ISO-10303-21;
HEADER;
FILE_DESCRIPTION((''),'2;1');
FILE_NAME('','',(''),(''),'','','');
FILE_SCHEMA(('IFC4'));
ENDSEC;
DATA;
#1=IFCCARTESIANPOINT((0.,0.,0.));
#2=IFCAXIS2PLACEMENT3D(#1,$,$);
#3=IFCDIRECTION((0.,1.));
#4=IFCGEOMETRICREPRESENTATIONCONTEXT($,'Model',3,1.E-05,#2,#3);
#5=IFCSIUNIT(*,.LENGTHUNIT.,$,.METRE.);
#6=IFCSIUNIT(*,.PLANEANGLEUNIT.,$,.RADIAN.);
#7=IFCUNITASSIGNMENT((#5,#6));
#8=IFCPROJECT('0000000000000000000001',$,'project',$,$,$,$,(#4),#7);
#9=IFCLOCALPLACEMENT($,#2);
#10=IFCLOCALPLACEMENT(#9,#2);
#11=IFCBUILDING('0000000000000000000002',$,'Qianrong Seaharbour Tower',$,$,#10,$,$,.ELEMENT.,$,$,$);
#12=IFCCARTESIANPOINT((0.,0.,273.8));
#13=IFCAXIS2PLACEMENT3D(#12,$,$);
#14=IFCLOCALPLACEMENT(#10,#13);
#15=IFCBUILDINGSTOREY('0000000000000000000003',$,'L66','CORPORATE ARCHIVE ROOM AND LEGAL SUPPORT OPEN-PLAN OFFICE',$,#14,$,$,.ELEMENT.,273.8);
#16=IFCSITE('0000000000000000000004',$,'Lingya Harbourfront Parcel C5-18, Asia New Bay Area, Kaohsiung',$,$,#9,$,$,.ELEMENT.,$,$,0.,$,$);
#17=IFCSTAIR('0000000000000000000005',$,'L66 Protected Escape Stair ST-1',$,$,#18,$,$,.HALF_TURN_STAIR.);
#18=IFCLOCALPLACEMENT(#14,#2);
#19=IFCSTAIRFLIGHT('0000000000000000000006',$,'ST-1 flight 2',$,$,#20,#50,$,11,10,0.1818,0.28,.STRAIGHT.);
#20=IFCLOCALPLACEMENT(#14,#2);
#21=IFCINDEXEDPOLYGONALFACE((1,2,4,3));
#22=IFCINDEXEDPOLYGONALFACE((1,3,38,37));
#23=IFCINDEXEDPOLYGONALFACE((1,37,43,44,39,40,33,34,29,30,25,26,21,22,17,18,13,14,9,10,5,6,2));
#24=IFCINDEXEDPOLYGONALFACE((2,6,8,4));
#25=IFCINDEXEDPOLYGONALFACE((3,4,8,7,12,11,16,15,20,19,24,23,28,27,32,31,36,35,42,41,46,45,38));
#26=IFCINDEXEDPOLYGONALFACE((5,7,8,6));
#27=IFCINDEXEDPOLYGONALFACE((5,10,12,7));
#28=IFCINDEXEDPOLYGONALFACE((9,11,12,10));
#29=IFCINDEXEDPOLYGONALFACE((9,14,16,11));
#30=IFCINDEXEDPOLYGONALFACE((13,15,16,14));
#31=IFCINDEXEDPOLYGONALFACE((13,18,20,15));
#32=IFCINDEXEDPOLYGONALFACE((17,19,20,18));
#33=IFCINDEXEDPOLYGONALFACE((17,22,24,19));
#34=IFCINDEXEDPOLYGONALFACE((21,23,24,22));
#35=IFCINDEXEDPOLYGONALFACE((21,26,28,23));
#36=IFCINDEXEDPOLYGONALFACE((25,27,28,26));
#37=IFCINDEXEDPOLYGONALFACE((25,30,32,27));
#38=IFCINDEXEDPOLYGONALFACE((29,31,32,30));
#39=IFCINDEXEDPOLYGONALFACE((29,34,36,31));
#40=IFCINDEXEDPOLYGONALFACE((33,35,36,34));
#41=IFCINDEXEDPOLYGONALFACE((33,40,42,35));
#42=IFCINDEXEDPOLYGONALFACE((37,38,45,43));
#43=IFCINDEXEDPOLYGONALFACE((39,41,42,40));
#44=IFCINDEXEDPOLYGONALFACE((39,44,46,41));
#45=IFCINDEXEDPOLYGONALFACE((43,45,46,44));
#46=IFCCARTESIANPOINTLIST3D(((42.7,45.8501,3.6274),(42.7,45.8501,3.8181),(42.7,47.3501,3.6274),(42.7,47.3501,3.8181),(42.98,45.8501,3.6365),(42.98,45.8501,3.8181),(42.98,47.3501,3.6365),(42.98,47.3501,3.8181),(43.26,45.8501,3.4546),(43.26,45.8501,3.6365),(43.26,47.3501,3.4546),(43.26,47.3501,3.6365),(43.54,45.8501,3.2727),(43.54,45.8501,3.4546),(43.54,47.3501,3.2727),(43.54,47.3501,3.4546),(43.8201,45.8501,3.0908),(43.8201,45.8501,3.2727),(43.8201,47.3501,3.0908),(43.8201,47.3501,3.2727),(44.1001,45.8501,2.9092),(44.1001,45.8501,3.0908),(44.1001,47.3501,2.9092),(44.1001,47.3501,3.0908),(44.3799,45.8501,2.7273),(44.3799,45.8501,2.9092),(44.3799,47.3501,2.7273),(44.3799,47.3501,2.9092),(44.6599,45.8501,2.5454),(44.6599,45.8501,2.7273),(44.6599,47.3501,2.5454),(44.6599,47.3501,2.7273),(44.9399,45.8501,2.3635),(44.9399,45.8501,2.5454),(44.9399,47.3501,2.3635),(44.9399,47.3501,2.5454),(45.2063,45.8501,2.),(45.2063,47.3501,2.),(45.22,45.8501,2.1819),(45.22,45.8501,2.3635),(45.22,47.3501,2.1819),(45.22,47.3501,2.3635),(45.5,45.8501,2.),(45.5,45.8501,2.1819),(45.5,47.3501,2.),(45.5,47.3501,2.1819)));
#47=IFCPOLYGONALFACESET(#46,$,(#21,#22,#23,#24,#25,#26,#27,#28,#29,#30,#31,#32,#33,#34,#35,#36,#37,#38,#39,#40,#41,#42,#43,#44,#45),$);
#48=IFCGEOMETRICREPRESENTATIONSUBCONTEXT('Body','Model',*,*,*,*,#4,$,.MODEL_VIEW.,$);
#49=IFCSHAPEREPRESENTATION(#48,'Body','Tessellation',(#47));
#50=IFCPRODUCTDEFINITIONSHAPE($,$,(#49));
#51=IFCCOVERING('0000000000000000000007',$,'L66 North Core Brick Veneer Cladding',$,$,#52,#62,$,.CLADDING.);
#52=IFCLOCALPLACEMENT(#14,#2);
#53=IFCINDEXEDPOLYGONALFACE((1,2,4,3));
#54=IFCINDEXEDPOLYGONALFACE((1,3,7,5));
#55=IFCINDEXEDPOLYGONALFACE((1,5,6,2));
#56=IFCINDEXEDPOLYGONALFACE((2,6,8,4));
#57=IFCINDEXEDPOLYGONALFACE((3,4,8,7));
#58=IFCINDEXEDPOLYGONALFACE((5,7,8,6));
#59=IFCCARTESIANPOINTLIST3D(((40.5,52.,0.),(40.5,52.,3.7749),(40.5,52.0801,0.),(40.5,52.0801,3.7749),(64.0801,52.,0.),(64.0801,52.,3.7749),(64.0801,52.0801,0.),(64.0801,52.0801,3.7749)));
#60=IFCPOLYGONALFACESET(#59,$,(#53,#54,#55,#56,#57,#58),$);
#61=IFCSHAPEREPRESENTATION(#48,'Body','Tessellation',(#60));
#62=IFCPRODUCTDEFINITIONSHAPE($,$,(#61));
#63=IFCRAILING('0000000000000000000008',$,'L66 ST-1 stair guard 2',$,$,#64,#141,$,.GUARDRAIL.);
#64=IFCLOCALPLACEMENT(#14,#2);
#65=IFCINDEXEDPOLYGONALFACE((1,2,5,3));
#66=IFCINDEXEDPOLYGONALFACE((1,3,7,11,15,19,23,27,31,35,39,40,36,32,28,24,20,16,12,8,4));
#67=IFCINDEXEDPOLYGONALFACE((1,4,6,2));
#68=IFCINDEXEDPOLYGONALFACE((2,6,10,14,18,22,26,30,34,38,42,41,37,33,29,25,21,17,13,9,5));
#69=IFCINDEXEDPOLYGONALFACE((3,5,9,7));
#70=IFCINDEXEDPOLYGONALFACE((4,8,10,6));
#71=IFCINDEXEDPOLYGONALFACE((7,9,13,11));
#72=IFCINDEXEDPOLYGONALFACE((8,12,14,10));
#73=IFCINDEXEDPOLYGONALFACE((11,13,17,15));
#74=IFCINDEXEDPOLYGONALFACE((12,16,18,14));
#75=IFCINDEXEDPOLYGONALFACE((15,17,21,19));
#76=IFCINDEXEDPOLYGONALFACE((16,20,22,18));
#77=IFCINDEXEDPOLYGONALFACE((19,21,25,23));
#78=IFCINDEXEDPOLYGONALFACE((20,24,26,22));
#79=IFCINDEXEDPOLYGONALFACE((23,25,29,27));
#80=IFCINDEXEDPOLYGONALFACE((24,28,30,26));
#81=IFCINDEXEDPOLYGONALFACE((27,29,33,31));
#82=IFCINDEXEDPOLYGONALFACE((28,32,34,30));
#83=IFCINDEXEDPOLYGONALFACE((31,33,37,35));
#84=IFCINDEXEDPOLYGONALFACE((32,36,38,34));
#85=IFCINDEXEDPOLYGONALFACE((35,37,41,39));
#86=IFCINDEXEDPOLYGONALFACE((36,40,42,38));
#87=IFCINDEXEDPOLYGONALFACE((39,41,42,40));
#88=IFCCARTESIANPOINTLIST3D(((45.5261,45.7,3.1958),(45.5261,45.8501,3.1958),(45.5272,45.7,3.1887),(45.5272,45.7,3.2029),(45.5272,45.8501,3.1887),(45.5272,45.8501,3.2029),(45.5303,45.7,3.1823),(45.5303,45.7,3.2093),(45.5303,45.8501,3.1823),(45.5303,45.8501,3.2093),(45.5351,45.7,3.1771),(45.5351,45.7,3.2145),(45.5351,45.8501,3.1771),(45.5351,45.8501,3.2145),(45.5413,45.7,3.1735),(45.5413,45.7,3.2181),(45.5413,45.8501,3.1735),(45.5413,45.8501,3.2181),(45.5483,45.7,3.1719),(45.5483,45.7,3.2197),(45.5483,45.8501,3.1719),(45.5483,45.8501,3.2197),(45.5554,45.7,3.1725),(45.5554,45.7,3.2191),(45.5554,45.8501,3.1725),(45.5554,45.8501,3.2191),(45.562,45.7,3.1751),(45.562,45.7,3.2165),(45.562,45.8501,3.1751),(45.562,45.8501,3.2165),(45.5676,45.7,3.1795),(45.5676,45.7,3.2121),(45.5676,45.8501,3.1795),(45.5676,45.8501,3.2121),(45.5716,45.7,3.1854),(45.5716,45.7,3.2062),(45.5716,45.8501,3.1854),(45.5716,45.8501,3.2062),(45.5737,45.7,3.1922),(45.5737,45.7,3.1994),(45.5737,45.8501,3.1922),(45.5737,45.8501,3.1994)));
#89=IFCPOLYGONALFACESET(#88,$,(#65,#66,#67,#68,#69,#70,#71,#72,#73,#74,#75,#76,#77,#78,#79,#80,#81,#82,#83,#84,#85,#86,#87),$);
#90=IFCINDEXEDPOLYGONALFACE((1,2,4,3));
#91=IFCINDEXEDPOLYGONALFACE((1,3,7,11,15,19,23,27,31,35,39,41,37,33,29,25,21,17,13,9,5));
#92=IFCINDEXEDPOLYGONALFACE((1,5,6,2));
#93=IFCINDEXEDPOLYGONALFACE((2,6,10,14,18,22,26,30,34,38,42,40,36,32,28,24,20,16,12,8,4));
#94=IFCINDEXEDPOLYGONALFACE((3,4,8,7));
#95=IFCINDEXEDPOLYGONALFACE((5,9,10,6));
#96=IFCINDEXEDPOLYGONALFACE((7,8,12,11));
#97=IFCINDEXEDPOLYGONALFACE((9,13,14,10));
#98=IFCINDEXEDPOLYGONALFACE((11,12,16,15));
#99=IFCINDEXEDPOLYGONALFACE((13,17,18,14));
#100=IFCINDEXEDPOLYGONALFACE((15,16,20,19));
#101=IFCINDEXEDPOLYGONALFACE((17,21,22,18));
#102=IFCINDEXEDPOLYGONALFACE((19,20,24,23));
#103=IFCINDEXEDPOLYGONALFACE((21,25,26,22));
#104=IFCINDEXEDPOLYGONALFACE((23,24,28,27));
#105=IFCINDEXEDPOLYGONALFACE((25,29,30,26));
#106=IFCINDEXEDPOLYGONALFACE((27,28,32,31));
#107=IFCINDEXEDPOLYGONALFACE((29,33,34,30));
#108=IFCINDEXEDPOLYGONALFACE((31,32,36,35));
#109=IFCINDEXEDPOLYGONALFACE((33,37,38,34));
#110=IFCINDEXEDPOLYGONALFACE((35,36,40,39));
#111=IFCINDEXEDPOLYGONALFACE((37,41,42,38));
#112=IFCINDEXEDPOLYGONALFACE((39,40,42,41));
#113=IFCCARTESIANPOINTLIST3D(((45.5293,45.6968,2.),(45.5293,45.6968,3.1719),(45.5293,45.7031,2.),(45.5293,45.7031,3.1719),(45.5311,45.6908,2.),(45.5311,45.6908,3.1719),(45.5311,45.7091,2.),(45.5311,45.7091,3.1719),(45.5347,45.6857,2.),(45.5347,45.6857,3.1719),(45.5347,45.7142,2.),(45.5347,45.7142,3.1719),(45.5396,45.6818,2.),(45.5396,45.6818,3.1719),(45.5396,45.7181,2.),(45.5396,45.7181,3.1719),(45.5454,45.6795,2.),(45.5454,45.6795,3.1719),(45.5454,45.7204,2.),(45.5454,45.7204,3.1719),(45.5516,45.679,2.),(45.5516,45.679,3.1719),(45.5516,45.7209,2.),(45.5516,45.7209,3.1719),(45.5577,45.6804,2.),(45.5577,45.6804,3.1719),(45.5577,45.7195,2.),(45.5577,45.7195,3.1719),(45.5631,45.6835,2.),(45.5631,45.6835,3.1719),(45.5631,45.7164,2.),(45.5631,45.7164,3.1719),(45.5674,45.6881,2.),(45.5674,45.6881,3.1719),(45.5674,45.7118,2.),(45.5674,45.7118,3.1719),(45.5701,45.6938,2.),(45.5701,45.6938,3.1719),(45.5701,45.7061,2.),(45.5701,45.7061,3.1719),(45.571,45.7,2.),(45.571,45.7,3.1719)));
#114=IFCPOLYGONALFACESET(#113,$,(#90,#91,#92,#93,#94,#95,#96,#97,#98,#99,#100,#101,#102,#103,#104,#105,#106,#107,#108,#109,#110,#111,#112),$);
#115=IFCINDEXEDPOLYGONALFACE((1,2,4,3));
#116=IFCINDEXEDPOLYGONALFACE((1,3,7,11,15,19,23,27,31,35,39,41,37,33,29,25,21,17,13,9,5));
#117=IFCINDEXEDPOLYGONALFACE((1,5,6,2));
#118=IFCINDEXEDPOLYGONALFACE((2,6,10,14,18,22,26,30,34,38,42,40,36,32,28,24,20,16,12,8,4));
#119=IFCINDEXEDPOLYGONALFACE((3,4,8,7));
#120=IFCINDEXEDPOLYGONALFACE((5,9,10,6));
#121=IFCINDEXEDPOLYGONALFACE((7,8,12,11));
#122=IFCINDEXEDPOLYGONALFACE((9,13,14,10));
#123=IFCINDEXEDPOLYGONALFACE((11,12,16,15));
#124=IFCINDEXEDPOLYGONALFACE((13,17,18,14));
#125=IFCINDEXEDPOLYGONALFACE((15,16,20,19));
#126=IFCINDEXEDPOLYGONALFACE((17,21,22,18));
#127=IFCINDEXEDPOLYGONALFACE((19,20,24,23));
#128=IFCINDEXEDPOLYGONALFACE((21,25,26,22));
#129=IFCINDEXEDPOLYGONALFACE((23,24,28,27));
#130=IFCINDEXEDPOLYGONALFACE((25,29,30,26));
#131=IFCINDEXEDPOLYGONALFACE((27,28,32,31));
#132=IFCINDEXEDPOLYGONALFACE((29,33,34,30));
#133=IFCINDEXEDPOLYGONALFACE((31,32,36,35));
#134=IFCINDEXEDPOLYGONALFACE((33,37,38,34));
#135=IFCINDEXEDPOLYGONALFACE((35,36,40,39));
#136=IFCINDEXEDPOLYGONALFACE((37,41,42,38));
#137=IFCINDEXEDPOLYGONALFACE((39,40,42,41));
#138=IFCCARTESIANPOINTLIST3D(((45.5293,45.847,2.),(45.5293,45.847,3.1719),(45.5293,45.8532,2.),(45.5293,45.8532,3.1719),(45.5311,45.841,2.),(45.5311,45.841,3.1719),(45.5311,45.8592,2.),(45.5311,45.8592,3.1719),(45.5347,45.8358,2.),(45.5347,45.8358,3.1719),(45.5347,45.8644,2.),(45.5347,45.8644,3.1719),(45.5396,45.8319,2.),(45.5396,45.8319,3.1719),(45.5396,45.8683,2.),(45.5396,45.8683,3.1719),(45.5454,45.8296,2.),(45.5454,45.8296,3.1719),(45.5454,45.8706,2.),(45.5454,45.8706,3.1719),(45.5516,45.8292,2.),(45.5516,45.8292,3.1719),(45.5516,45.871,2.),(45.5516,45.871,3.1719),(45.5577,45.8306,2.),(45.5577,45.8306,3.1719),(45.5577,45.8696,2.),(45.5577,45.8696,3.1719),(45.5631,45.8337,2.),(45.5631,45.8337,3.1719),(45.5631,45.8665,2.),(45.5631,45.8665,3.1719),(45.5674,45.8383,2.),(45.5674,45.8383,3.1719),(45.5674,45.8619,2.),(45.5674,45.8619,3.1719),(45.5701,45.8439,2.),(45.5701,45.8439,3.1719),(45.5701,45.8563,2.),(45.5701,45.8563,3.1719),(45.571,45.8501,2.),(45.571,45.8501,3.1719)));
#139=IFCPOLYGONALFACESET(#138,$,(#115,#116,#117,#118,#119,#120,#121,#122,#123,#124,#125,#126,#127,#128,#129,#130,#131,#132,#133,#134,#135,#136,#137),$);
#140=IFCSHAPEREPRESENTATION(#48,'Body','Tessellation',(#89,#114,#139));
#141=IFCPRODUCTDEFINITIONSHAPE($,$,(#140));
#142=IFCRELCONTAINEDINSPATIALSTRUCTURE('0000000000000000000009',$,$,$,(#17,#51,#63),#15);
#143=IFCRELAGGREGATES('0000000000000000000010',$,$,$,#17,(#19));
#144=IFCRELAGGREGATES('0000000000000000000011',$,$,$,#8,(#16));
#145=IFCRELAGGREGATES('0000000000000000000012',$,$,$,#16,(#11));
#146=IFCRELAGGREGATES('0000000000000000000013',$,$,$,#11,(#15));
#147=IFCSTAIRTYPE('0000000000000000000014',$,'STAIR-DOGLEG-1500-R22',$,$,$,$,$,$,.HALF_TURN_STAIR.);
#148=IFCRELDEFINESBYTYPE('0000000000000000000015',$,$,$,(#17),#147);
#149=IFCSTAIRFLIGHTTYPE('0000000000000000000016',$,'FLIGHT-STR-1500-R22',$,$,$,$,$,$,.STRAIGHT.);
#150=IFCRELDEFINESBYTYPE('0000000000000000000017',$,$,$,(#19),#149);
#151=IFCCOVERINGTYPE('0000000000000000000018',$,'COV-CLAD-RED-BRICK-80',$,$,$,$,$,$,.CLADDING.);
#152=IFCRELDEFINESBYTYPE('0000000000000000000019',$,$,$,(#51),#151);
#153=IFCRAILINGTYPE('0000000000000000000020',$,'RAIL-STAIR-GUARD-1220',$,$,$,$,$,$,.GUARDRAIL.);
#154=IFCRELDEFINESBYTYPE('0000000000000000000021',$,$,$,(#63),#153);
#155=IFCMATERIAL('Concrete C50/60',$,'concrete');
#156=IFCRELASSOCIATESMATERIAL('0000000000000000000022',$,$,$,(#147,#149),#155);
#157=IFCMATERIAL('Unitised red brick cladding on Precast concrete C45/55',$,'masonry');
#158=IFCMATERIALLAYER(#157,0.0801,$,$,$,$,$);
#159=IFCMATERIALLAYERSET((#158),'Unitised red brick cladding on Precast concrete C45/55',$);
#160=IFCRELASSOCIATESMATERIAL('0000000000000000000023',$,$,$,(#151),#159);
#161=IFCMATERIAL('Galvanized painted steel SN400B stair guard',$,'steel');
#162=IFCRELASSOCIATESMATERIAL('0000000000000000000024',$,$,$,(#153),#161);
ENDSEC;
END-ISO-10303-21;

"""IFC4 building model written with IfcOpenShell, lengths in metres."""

from ifc_helpers import new_model, si_unit, direction, frame, origin, origin_2d, place, context, subcontext, project, spatial, polyline, rectangle, circle, outline, extrude, material, layer, layer_set, type_object, element, aggregate, save


model = new_model("IFC4")

# Units and contexts
model_context = context("Model", 3, precision=1e-05, world=origin(), true_north=direction((0.0, 1.0)))
body_context = subcontext(model_context, "Body", "Model", "MODEL_VIEW")
ifc_project = project(units=[si_unit("LENGTHUNIT", "METRE"), si_unit("PLANEANGLEUNIT", "RADIAN")], contexts=[model_context])

# Site, building, storey
site_placement = place(None, origin())
site = spatial("IfcSite", under=ifc_project, at=site_placement, Name="Lingya Harbourfront Parcel C5-18, Asia New Bay Area, Kaohsiung", CompositionType="ELEMENT", RefElevation=0.0)
building_placement = place(site_placement, origin())
building = spatial("IfcBuilding", under=site, at=building_placement, Name="Qianrong Seaharbour Tower", CompositionType="ELEMENT")
storey_placement = place(building_placement, frame((0.0, 0.0, 273.8)))
storey = spatial("IfcBuildingStorey", under=building, at=storey_placement, Name="L66", Description="CORPORATE ARCHIVE ROOM AND LEGAL SUPPORT OPEN-PLAN OFFICE", CompositionType="ELEMENT", Elevation=273.8)

# Shared definitions
ifc_material_1 = material(Name="Concrete C50/60", Category="concrete")

# Stair, stair flight
stair_type = type_object("IfcStairType", Name="STAIR-DOGLEG-1500-R22", PredefinedType="HALF_TURN_STAIR", material=ifc_material_1)
stair_placement = place(storey_placement, origin())
stair = element("IfcStair", 1, at=stair_placement, inside=storey, type_object=stair_type, Name="L66 Protected Escape Stair ST-1", PredefinedType="HALF_TURN_STAIR")
stair_flight_type = type_object("IfcStairFlightType", Name="FLIGHT-STR-1500-R22", PredefinedType="STRAIGHT", material=ifc_material_1)
stair_flight_placement = place(storey_placement, frame((45.5, 46.6001, 2.0), z_axis=(0.0, 0.0, 1.0), x_axis=(-1.0, 0.0, 0.0)))
stair_flight = element("IfcStairFlight", 2, at=stair_flight_placement, type_object=stair_flight_type, Name="ST-1 flight 2", NumberOfRisers=11, NumberOfTreads=10, PredefinedType="STRAIGHT", RiserHeight=0.1818, TreadLength=0.28, context=body_context, shape_type="SweptSolid", body=[
    extrude(outline(polyline([(0.0, 0.0), (0.0, 0.1819), (0.28, 0.1819), (0.28, 0.3635), (0.5601, 0.3635), (0.5601, 0.5454), (0.8401, 0.5454), (0.8401, 0.7273), (1.1201, 0.7273), (1.1201, 0.9092), (1.3999, 0.9092), (1.3999, 1.0908), (1.6799, 1.0908), (1.6799, 1.2727), (1.96, 1.2727), (1.96, 1.4546), (2.24, 1.4546), (2.24, 1.6365), (2.52, 1.6365), (2.52, 1.8181), (2.8, 1.8181), (2.8, 2.0), (2.8, 1.6274), (0.2937, 0.0), (0.0, 0.0)])), frame((0.0, 0.75, 0.0), z_axis=(0.0, -1.0, 0.0), x_axis=(1.0, 0.0, 0.0)), (0.0, 0.0, 1.0), 1.5),
])
aggregate(stair, [stair_flight])

# Covering
ifc_material_2 = material(Name="Unitised red brick cladding on Precast concrete C45/55", Category="masonry")
ifc_layer_1 = layer(ifc_material_2, 0.0801)
ifc_layer_set_1 = layer_set([ifc_layer_1], Name="Unitised red brick cladding on Precast concrete C45/55")
covering_type = type_object("IfcCoveringType", Name="COV-CLAD-RED-BRICK-80", PredefinedType="CLADDING", material=ifc_layer_set_1)
covering_placement = place(storey_placement, frame((52.29, 52.04, 0.0), z_axis=(0.0, 0.0, 1.0), x_axis=(1.0, 0.0, 0.0)))
element("IfcCovering", 3, at=covering_placement, inside=storey, type_object=covering_type, Name="L66 North Core Brick Veneer Cladding", PredefinedType="CLADDING", context=body_context, shape_type="SweptSolid", body=[
    extrude(rectangle(XDim=23.5801, YDim=0.0801, at=origin_2d()), origin(), (0.0, 0.0, 1.0), 3.7749),
])

# Railing
ifc_material_3 = material(Name="Galvanized painted steel SN400B stair guard", Category="steel")
railing_type_1 = type_object("IfcRailingType", Name="RAIL-STAIR-GUARD-1220", PredefinedType="GUARDRAIL", material=ifc_material_3)
railing_1_placement = place(storey_placement, frame((45.55, 45.7, 2.0)))
element("IfcRailing", 4, at=railing_1_placement, inside=storey, type_object=railing_type_1, Name="L66 ST-1 stair guard 2", PredefinedType="GUARDRAIL", context=body_context, shape_type="SweptSolid", body=[
    extrude(circle(Radius=0.0239, at=origin_2d()), frame((0.0, 0.0, 1.1958), z_axis=(0.0, 1.0, 0.0), x_axis=(-1.0, 0.0, 0.0)), (0.0, 0.0, 1.0), 0.1501),
    extrude(circle(Radius=0.021, at=origin_2d()), origin(), (0.0, 0.0, 1.0), 1.1719),
    extrude(circle(Radius=0.021, at=origin_2d()), frame((0.0, 0.1501, 0.0)), (0.0, 0.0, 1.0), 1.1719),
])

save(model, "model.ifc")
